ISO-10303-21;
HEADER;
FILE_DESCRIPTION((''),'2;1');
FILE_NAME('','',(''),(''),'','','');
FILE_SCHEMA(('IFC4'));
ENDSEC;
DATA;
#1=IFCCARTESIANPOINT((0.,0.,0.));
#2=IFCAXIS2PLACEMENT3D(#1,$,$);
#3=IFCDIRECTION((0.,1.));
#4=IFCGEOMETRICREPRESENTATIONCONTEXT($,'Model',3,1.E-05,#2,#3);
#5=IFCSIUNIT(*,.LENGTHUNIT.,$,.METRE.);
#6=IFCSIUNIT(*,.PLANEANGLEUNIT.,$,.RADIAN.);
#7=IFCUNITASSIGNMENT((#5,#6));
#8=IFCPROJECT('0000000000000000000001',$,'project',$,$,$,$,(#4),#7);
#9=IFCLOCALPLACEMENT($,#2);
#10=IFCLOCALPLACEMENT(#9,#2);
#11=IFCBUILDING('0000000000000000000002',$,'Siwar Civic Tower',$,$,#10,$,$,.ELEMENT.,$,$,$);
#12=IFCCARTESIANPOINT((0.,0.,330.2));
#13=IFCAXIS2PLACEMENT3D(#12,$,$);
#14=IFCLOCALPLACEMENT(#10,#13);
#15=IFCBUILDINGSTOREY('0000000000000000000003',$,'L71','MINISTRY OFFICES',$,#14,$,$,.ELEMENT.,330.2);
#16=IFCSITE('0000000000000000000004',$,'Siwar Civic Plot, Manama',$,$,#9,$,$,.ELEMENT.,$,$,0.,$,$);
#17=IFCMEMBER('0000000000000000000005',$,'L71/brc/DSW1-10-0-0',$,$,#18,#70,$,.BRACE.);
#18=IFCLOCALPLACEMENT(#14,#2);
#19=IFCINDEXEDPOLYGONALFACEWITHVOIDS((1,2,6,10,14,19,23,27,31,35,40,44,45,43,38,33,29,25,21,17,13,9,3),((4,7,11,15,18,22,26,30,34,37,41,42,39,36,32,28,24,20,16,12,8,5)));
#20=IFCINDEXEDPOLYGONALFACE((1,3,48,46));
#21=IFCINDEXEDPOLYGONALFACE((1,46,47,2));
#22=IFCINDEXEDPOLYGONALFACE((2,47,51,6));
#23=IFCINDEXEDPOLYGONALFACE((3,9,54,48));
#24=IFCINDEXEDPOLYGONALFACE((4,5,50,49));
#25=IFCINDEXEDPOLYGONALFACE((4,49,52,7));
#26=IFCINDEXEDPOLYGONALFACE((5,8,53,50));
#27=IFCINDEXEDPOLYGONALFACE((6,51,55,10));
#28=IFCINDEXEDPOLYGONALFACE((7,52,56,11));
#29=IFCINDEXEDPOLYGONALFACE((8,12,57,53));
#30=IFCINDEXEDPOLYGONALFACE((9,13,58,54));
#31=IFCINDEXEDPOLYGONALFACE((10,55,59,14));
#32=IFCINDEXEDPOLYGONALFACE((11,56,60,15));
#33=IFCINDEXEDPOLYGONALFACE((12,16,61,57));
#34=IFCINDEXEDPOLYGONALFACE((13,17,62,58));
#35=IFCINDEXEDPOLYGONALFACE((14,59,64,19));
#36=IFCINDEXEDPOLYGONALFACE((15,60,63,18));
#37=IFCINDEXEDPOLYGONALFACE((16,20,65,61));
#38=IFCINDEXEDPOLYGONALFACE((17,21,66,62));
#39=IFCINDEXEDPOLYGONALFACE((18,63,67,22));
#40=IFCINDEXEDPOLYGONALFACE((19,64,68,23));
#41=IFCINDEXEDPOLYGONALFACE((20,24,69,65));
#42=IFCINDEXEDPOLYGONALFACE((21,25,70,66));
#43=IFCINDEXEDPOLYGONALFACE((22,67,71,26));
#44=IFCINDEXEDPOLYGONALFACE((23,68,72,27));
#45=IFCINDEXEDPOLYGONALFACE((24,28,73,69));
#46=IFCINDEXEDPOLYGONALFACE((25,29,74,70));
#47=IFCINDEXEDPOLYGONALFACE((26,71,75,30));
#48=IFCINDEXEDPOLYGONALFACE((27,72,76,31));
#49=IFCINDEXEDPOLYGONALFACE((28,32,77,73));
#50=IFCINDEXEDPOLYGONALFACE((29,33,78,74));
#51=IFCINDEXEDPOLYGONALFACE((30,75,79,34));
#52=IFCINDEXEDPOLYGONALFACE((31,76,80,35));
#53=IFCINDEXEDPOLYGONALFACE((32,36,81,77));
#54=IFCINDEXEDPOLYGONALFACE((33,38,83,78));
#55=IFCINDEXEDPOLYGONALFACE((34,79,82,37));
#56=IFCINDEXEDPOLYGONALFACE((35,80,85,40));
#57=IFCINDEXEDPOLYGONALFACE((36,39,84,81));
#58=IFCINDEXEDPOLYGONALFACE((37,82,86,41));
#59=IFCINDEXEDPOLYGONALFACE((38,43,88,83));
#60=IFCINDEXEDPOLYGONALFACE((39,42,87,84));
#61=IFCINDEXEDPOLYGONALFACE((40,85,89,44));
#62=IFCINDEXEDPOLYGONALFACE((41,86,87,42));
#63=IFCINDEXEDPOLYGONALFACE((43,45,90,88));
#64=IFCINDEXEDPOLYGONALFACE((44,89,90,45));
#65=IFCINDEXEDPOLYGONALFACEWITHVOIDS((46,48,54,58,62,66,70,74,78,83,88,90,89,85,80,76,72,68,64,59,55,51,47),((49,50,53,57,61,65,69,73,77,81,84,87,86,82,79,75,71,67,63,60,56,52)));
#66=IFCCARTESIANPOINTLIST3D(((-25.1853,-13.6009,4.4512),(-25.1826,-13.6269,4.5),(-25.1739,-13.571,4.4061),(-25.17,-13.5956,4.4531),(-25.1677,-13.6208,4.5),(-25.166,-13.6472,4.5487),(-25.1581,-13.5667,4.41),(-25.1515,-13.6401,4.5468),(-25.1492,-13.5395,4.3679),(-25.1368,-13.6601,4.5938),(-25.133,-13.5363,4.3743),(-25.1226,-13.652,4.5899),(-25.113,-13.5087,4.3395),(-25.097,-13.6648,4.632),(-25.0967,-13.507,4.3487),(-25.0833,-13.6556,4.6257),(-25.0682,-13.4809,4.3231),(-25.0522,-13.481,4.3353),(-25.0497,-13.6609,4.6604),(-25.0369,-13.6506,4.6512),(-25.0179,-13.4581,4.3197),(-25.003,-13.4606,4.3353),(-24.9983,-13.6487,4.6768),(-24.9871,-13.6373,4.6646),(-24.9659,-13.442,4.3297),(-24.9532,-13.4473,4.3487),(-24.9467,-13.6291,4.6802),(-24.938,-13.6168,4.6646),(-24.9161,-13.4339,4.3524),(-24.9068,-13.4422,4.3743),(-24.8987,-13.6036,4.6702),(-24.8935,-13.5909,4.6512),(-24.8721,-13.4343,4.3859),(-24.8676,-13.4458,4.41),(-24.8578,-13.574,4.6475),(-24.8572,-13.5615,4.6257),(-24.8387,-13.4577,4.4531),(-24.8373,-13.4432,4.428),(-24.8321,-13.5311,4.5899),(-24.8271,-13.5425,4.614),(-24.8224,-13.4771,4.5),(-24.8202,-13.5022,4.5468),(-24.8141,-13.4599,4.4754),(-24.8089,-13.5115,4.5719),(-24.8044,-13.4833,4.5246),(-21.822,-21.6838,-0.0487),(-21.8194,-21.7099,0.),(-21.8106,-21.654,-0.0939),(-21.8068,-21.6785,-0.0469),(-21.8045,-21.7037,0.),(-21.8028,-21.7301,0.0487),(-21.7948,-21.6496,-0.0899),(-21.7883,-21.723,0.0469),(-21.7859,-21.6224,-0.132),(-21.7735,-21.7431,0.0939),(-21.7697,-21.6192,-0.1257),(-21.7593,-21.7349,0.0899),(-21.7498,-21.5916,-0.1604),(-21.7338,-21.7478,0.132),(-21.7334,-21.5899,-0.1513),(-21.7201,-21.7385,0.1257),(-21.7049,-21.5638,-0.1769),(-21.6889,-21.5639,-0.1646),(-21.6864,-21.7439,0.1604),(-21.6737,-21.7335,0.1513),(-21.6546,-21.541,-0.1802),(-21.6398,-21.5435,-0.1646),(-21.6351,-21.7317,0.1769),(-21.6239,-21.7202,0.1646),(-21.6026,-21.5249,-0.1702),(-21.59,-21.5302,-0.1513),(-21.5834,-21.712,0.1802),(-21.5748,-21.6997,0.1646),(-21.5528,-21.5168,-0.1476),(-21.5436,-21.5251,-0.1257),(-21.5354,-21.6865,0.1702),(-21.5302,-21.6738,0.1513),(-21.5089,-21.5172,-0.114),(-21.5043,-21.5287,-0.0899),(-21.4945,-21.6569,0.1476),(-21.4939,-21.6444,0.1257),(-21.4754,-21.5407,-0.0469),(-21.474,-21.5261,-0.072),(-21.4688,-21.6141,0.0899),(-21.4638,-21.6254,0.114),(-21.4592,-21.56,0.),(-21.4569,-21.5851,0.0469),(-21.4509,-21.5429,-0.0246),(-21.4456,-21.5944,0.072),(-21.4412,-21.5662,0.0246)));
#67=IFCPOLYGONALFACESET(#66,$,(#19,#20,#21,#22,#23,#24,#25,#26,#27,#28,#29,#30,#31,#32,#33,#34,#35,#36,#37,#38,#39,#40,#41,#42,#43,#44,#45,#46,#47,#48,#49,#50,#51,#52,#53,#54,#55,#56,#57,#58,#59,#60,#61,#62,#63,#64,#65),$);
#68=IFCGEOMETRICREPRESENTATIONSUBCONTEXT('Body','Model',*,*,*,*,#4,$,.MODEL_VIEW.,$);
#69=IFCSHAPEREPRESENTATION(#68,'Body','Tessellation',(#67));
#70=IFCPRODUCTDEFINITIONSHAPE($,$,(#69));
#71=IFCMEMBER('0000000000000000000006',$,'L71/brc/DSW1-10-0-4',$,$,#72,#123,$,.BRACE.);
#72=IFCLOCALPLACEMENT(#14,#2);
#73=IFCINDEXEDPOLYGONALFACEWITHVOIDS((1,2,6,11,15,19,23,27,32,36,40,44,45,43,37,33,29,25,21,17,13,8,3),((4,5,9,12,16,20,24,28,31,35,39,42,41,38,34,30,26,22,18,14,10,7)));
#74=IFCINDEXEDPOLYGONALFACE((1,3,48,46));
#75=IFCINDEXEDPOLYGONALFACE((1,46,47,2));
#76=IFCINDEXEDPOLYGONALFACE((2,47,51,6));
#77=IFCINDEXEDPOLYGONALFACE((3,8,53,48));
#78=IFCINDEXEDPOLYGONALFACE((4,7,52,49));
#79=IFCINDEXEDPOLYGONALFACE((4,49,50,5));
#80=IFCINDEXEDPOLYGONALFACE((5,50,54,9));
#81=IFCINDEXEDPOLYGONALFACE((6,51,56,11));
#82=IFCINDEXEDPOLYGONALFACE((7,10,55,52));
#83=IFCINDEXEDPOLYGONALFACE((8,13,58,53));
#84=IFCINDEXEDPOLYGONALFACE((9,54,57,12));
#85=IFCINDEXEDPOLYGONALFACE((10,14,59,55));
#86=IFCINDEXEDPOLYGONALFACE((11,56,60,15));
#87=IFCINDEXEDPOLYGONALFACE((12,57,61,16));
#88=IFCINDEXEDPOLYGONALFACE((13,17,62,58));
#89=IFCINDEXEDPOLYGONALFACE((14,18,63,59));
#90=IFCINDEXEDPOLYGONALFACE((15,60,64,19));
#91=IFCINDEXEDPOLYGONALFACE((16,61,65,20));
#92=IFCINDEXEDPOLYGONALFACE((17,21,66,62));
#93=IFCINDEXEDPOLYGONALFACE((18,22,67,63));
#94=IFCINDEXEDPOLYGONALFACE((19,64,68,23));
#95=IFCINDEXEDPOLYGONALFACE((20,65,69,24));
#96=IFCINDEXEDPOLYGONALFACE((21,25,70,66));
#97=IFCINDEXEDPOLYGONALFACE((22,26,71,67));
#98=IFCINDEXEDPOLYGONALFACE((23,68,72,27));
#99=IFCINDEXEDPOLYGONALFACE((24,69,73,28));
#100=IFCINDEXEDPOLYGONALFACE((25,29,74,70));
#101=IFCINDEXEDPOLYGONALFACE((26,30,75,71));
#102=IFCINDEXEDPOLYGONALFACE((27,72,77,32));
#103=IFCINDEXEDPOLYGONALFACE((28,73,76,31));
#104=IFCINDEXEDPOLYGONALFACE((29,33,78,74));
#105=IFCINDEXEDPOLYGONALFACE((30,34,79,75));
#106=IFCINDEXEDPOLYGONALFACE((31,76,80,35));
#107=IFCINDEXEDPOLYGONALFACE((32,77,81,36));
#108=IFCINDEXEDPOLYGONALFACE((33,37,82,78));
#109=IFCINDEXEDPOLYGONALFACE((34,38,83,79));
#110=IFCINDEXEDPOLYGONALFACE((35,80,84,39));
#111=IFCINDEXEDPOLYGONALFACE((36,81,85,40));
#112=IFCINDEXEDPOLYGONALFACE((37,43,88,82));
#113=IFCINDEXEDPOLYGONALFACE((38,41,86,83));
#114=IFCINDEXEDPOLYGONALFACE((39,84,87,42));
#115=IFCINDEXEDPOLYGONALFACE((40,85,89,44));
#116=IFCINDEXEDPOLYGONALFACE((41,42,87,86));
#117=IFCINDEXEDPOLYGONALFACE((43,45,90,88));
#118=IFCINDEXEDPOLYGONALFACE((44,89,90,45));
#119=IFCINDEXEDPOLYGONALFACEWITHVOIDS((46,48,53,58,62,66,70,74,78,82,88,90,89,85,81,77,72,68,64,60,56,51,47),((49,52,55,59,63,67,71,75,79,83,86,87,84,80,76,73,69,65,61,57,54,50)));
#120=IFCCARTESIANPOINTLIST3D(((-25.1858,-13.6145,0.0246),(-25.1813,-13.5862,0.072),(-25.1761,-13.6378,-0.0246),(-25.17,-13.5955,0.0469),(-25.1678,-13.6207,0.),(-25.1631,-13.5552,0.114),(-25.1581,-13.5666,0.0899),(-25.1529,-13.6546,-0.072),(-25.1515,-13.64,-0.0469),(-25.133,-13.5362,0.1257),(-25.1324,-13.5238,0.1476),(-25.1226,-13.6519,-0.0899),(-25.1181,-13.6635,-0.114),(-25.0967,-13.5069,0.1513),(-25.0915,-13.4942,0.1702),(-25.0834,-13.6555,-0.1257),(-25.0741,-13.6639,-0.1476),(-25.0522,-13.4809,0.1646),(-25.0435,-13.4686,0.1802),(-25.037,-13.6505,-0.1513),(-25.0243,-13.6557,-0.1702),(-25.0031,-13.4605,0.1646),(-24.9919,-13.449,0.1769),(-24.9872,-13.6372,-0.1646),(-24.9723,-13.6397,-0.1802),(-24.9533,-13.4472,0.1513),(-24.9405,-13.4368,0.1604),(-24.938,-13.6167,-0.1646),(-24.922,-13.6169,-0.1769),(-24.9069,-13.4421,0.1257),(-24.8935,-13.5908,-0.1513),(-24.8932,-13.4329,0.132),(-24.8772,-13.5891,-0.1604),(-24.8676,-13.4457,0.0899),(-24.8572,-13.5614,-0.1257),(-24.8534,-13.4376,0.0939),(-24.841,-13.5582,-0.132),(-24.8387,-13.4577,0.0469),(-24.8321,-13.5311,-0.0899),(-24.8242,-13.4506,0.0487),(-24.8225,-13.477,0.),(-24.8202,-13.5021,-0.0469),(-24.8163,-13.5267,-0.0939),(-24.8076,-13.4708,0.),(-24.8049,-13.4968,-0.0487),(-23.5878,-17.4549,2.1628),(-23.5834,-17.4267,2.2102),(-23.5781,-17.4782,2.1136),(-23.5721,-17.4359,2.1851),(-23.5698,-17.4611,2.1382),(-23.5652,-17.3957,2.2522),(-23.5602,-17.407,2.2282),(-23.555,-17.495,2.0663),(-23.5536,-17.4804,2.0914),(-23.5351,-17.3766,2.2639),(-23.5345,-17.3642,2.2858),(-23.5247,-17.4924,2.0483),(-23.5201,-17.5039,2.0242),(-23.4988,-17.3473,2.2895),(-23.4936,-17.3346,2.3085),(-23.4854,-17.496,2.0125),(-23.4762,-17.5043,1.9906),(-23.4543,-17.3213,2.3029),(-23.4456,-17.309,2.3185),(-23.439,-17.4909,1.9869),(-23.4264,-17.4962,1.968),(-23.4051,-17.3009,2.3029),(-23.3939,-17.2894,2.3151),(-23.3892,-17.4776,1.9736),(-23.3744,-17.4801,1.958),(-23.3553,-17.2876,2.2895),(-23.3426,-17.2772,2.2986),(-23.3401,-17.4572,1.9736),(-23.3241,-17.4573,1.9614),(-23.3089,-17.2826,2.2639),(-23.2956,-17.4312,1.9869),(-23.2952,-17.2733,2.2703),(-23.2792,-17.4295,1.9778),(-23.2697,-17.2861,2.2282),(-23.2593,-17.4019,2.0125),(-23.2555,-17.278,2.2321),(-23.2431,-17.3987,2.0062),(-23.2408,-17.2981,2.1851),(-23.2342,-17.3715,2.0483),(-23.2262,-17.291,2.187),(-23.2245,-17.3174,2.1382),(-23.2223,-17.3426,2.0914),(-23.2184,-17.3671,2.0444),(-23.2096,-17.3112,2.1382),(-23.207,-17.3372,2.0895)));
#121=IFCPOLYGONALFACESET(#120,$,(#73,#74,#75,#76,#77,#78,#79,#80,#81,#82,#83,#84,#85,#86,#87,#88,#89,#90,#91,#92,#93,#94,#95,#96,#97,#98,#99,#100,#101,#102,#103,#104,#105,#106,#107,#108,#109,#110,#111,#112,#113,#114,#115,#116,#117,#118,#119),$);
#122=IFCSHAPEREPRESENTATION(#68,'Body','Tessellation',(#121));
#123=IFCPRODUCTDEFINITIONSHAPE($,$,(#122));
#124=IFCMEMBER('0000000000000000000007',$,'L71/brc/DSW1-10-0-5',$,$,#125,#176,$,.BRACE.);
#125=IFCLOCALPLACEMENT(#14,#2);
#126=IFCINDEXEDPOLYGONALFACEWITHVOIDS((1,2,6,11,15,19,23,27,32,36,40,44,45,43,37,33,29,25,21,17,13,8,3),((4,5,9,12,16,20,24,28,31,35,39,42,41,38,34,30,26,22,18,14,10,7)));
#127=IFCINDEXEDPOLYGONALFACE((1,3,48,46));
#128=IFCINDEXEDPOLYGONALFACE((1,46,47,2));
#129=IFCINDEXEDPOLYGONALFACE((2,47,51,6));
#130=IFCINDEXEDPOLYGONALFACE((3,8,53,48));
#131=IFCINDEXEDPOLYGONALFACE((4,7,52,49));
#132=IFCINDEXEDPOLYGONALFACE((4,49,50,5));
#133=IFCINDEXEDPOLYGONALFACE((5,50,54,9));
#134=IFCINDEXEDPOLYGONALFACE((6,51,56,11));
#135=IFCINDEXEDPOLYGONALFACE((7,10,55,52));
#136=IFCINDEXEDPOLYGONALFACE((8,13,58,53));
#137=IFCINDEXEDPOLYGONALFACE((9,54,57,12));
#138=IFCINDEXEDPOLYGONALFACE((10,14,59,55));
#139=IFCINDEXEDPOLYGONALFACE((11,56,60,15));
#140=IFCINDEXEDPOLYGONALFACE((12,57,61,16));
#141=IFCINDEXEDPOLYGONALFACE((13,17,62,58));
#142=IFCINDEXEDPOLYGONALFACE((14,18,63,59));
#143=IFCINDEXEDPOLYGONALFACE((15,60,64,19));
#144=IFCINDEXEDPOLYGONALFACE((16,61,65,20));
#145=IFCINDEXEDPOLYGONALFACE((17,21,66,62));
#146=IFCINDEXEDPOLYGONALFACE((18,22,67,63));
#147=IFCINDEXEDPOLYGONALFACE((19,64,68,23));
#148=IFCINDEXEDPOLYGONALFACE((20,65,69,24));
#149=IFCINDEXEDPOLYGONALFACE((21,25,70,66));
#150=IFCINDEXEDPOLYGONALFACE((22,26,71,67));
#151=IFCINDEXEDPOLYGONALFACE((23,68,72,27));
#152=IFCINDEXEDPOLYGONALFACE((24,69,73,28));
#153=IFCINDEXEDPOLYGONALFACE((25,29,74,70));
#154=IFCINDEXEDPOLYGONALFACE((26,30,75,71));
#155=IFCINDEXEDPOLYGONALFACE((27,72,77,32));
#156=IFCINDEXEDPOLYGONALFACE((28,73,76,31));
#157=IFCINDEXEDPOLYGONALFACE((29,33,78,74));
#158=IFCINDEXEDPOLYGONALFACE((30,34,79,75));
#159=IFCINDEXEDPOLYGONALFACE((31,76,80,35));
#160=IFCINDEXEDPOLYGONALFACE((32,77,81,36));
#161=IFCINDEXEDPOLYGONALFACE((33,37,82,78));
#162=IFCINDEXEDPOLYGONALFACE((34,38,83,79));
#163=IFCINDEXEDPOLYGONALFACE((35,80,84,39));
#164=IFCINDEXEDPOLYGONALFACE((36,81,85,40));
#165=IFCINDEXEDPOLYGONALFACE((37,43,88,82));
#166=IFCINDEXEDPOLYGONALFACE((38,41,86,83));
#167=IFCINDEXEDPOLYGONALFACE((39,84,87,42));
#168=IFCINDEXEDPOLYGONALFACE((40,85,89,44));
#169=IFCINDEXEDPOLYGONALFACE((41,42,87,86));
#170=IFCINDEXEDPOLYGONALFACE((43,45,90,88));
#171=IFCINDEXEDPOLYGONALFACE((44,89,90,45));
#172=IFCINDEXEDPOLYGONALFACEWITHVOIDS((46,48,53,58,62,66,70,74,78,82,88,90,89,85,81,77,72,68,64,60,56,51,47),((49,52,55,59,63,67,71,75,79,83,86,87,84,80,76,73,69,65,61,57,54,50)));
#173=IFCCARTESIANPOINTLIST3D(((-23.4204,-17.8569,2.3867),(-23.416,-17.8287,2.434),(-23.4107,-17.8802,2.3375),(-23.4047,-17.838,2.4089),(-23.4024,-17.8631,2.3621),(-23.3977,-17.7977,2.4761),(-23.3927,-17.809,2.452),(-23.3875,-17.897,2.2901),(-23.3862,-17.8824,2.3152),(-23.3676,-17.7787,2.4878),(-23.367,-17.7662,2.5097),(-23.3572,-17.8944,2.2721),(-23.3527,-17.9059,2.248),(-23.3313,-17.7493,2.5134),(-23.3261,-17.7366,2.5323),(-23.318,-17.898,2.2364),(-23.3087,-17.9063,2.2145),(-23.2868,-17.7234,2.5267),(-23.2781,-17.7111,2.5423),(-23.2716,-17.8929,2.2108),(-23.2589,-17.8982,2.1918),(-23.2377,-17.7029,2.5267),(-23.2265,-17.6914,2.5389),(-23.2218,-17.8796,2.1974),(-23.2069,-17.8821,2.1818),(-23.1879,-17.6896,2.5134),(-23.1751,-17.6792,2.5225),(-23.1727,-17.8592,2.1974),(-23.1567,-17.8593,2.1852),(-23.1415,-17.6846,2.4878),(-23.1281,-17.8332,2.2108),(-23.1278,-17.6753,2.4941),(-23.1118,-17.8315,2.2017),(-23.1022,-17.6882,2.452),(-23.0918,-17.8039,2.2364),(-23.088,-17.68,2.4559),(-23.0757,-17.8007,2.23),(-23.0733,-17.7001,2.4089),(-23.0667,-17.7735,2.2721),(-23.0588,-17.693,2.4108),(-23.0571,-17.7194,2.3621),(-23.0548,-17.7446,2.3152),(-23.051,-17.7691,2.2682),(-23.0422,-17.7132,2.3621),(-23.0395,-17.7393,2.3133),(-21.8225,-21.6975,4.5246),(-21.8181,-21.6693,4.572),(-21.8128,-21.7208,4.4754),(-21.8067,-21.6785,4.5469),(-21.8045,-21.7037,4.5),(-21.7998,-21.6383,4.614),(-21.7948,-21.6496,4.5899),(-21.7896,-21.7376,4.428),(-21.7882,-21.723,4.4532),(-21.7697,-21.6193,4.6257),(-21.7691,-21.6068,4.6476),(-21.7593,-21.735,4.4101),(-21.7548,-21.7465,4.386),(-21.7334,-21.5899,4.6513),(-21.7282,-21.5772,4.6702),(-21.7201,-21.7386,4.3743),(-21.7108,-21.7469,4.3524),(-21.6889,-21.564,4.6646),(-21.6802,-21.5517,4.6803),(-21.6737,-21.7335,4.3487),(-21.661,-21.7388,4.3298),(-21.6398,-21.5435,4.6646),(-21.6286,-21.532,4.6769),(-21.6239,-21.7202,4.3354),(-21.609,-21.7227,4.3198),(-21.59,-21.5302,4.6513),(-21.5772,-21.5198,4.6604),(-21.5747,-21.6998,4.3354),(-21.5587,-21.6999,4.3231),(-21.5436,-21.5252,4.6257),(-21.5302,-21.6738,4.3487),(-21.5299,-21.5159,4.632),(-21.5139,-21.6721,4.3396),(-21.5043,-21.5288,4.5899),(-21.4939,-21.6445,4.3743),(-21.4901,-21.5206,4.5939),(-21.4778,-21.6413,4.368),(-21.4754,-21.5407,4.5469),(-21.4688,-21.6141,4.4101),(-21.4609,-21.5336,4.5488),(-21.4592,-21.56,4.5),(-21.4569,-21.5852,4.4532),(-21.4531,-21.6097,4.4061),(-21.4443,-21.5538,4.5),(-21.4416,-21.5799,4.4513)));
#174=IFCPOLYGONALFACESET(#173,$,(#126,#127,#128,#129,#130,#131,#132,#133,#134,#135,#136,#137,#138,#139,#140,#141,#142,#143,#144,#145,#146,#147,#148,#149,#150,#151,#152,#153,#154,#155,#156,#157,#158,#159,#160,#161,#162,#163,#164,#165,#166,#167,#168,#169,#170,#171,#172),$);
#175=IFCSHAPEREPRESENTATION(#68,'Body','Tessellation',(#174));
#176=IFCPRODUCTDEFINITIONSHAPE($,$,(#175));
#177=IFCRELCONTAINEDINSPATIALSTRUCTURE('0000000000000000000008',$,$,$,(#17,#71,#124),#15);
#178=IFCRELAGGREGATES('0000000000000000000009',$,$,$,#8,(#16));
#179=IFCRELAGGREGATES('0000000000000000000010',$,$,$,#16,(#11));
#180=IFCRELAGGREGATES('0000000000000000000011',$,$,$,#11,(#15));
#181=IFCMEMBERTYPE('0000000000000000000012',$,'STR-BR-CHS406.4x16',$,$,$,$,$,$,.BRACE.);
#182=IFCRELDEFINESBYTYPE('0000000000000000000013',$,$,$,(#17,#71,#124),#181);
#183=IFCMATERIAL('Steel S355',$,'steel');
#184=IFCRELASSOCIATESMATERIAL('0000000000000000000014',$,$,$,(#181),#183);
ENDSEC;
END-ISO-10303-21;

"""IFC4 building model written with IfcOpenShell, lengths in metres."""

from ifc_helpers import new_model, si_unit, direction, frame, origin, origin_2d, place, context, subcontext, project, spatial, hollow_circle, extrude, material, material_profile, profile_set, type_object, element, save


model = new_model("IFC4")

# Units and contexts
model_context = context("Model", 3, precision=1e-05, world=origin(), true_north=direction((0.0, 1.0)))
body_context = subcontext(model_context, "Body", "Model", "MODEL_VIEW")
ifc_project = project(units=[si_unit("LENGTHUNIT", "METRE"), si_unit("PLANEANGLEUNIT", "RADIAN")], contexts=[model_context])

# Site, building, storey
site_placement = place(None, origin())
site = spatial("IfcSite", under=ifc_project, at=site_placement, Name="Siwar Civic Plot, Manama", CompositionType="ELEMENT", RefElevation=0.0)
building_placement = place(site_placement, origin())
building = spatial("IfcBuilding", under=site, at=building_placement, Name="Siwar Civic Tower", CompositionType="ELEMENT")
storey_placement = place(building_placement, frame((0.0, 0.0, 330.2)))
storey = spatial("IfcBuildingStorey", under=building, at=storey_placement, Name="L71", Description="MINISTRY OFFICES", CompositionType="ELEMENT", Elevation=330.2)

# Members
ifc_material_1 = material(Name="Steel S355", Category="steel")
ifc_material_profile_1 = material_profile(ifc_material_1, hollow_circle(Radius=0.2031, WallThickness=0.0161, at=origin_2d()), Name="CHS406.4x16")
ifc_profile_set_1 = profile_set([ifc_material_profile_1], Name="Steel S355")
member_type_1 = type_object("IfcMemberType", Name="STR-BR-CHS406.4x16", PredefinedType="BRACE", material=ifc_profile_set_1)
member_1_placement = place(storey_placement, frame((-21.6318, -21.6318, 0.0), z_axis=(-0.341671, 0.821143, 0.457149), x_axis=(-0.923265, -0.384164, 0.0)))
element("IfcMember", 1, at=member_1_placement, inside=storey, type_object=member_type_1, Name="L71/brc/DSW1-10-0-0", PredefinedType="BRACE", context=body_context, shape_type="SweptSolid", body=[
    extrude(hollow_circle(Radius=0.2031, WallThickness=0.0161, at=origin_2d()), origin(), (0.0, 0.0, 1.0), 9.8435),
])
for number, where, z_axis, x_axis, name in (
    (2, (-24.9951, -13.5488, 0.0), (0.341659, -0.82113, 0.457181), (0.923268, 0.384157, 0.0), "L71/brc/DSW1-10-0-4"),
    (3, (-23.2297, -17.7913, 2.3621), (0.341653, -0.821167, 0.45712), (0.923276, 0.384136, 0.0), "L71/brc/DSW1-10-0-5"),
):
    element("IfcMember", number, at=place(storey_placement, frame(where, z_axis=z_axis, x_axis=x_axis)), inside=storey, type_object=member_type_1, Name=name, PredefinedType="BRACE", context=body_context, shape_type="SweptSolid", body=[
        extrude(hollow_circle(Radius=0.2031, WallThickness=0.0161, at=origin_2d()), origin(), (0.0, 0.0, 1.0), 4.677),
    ])

save(model, "model.ifc")
